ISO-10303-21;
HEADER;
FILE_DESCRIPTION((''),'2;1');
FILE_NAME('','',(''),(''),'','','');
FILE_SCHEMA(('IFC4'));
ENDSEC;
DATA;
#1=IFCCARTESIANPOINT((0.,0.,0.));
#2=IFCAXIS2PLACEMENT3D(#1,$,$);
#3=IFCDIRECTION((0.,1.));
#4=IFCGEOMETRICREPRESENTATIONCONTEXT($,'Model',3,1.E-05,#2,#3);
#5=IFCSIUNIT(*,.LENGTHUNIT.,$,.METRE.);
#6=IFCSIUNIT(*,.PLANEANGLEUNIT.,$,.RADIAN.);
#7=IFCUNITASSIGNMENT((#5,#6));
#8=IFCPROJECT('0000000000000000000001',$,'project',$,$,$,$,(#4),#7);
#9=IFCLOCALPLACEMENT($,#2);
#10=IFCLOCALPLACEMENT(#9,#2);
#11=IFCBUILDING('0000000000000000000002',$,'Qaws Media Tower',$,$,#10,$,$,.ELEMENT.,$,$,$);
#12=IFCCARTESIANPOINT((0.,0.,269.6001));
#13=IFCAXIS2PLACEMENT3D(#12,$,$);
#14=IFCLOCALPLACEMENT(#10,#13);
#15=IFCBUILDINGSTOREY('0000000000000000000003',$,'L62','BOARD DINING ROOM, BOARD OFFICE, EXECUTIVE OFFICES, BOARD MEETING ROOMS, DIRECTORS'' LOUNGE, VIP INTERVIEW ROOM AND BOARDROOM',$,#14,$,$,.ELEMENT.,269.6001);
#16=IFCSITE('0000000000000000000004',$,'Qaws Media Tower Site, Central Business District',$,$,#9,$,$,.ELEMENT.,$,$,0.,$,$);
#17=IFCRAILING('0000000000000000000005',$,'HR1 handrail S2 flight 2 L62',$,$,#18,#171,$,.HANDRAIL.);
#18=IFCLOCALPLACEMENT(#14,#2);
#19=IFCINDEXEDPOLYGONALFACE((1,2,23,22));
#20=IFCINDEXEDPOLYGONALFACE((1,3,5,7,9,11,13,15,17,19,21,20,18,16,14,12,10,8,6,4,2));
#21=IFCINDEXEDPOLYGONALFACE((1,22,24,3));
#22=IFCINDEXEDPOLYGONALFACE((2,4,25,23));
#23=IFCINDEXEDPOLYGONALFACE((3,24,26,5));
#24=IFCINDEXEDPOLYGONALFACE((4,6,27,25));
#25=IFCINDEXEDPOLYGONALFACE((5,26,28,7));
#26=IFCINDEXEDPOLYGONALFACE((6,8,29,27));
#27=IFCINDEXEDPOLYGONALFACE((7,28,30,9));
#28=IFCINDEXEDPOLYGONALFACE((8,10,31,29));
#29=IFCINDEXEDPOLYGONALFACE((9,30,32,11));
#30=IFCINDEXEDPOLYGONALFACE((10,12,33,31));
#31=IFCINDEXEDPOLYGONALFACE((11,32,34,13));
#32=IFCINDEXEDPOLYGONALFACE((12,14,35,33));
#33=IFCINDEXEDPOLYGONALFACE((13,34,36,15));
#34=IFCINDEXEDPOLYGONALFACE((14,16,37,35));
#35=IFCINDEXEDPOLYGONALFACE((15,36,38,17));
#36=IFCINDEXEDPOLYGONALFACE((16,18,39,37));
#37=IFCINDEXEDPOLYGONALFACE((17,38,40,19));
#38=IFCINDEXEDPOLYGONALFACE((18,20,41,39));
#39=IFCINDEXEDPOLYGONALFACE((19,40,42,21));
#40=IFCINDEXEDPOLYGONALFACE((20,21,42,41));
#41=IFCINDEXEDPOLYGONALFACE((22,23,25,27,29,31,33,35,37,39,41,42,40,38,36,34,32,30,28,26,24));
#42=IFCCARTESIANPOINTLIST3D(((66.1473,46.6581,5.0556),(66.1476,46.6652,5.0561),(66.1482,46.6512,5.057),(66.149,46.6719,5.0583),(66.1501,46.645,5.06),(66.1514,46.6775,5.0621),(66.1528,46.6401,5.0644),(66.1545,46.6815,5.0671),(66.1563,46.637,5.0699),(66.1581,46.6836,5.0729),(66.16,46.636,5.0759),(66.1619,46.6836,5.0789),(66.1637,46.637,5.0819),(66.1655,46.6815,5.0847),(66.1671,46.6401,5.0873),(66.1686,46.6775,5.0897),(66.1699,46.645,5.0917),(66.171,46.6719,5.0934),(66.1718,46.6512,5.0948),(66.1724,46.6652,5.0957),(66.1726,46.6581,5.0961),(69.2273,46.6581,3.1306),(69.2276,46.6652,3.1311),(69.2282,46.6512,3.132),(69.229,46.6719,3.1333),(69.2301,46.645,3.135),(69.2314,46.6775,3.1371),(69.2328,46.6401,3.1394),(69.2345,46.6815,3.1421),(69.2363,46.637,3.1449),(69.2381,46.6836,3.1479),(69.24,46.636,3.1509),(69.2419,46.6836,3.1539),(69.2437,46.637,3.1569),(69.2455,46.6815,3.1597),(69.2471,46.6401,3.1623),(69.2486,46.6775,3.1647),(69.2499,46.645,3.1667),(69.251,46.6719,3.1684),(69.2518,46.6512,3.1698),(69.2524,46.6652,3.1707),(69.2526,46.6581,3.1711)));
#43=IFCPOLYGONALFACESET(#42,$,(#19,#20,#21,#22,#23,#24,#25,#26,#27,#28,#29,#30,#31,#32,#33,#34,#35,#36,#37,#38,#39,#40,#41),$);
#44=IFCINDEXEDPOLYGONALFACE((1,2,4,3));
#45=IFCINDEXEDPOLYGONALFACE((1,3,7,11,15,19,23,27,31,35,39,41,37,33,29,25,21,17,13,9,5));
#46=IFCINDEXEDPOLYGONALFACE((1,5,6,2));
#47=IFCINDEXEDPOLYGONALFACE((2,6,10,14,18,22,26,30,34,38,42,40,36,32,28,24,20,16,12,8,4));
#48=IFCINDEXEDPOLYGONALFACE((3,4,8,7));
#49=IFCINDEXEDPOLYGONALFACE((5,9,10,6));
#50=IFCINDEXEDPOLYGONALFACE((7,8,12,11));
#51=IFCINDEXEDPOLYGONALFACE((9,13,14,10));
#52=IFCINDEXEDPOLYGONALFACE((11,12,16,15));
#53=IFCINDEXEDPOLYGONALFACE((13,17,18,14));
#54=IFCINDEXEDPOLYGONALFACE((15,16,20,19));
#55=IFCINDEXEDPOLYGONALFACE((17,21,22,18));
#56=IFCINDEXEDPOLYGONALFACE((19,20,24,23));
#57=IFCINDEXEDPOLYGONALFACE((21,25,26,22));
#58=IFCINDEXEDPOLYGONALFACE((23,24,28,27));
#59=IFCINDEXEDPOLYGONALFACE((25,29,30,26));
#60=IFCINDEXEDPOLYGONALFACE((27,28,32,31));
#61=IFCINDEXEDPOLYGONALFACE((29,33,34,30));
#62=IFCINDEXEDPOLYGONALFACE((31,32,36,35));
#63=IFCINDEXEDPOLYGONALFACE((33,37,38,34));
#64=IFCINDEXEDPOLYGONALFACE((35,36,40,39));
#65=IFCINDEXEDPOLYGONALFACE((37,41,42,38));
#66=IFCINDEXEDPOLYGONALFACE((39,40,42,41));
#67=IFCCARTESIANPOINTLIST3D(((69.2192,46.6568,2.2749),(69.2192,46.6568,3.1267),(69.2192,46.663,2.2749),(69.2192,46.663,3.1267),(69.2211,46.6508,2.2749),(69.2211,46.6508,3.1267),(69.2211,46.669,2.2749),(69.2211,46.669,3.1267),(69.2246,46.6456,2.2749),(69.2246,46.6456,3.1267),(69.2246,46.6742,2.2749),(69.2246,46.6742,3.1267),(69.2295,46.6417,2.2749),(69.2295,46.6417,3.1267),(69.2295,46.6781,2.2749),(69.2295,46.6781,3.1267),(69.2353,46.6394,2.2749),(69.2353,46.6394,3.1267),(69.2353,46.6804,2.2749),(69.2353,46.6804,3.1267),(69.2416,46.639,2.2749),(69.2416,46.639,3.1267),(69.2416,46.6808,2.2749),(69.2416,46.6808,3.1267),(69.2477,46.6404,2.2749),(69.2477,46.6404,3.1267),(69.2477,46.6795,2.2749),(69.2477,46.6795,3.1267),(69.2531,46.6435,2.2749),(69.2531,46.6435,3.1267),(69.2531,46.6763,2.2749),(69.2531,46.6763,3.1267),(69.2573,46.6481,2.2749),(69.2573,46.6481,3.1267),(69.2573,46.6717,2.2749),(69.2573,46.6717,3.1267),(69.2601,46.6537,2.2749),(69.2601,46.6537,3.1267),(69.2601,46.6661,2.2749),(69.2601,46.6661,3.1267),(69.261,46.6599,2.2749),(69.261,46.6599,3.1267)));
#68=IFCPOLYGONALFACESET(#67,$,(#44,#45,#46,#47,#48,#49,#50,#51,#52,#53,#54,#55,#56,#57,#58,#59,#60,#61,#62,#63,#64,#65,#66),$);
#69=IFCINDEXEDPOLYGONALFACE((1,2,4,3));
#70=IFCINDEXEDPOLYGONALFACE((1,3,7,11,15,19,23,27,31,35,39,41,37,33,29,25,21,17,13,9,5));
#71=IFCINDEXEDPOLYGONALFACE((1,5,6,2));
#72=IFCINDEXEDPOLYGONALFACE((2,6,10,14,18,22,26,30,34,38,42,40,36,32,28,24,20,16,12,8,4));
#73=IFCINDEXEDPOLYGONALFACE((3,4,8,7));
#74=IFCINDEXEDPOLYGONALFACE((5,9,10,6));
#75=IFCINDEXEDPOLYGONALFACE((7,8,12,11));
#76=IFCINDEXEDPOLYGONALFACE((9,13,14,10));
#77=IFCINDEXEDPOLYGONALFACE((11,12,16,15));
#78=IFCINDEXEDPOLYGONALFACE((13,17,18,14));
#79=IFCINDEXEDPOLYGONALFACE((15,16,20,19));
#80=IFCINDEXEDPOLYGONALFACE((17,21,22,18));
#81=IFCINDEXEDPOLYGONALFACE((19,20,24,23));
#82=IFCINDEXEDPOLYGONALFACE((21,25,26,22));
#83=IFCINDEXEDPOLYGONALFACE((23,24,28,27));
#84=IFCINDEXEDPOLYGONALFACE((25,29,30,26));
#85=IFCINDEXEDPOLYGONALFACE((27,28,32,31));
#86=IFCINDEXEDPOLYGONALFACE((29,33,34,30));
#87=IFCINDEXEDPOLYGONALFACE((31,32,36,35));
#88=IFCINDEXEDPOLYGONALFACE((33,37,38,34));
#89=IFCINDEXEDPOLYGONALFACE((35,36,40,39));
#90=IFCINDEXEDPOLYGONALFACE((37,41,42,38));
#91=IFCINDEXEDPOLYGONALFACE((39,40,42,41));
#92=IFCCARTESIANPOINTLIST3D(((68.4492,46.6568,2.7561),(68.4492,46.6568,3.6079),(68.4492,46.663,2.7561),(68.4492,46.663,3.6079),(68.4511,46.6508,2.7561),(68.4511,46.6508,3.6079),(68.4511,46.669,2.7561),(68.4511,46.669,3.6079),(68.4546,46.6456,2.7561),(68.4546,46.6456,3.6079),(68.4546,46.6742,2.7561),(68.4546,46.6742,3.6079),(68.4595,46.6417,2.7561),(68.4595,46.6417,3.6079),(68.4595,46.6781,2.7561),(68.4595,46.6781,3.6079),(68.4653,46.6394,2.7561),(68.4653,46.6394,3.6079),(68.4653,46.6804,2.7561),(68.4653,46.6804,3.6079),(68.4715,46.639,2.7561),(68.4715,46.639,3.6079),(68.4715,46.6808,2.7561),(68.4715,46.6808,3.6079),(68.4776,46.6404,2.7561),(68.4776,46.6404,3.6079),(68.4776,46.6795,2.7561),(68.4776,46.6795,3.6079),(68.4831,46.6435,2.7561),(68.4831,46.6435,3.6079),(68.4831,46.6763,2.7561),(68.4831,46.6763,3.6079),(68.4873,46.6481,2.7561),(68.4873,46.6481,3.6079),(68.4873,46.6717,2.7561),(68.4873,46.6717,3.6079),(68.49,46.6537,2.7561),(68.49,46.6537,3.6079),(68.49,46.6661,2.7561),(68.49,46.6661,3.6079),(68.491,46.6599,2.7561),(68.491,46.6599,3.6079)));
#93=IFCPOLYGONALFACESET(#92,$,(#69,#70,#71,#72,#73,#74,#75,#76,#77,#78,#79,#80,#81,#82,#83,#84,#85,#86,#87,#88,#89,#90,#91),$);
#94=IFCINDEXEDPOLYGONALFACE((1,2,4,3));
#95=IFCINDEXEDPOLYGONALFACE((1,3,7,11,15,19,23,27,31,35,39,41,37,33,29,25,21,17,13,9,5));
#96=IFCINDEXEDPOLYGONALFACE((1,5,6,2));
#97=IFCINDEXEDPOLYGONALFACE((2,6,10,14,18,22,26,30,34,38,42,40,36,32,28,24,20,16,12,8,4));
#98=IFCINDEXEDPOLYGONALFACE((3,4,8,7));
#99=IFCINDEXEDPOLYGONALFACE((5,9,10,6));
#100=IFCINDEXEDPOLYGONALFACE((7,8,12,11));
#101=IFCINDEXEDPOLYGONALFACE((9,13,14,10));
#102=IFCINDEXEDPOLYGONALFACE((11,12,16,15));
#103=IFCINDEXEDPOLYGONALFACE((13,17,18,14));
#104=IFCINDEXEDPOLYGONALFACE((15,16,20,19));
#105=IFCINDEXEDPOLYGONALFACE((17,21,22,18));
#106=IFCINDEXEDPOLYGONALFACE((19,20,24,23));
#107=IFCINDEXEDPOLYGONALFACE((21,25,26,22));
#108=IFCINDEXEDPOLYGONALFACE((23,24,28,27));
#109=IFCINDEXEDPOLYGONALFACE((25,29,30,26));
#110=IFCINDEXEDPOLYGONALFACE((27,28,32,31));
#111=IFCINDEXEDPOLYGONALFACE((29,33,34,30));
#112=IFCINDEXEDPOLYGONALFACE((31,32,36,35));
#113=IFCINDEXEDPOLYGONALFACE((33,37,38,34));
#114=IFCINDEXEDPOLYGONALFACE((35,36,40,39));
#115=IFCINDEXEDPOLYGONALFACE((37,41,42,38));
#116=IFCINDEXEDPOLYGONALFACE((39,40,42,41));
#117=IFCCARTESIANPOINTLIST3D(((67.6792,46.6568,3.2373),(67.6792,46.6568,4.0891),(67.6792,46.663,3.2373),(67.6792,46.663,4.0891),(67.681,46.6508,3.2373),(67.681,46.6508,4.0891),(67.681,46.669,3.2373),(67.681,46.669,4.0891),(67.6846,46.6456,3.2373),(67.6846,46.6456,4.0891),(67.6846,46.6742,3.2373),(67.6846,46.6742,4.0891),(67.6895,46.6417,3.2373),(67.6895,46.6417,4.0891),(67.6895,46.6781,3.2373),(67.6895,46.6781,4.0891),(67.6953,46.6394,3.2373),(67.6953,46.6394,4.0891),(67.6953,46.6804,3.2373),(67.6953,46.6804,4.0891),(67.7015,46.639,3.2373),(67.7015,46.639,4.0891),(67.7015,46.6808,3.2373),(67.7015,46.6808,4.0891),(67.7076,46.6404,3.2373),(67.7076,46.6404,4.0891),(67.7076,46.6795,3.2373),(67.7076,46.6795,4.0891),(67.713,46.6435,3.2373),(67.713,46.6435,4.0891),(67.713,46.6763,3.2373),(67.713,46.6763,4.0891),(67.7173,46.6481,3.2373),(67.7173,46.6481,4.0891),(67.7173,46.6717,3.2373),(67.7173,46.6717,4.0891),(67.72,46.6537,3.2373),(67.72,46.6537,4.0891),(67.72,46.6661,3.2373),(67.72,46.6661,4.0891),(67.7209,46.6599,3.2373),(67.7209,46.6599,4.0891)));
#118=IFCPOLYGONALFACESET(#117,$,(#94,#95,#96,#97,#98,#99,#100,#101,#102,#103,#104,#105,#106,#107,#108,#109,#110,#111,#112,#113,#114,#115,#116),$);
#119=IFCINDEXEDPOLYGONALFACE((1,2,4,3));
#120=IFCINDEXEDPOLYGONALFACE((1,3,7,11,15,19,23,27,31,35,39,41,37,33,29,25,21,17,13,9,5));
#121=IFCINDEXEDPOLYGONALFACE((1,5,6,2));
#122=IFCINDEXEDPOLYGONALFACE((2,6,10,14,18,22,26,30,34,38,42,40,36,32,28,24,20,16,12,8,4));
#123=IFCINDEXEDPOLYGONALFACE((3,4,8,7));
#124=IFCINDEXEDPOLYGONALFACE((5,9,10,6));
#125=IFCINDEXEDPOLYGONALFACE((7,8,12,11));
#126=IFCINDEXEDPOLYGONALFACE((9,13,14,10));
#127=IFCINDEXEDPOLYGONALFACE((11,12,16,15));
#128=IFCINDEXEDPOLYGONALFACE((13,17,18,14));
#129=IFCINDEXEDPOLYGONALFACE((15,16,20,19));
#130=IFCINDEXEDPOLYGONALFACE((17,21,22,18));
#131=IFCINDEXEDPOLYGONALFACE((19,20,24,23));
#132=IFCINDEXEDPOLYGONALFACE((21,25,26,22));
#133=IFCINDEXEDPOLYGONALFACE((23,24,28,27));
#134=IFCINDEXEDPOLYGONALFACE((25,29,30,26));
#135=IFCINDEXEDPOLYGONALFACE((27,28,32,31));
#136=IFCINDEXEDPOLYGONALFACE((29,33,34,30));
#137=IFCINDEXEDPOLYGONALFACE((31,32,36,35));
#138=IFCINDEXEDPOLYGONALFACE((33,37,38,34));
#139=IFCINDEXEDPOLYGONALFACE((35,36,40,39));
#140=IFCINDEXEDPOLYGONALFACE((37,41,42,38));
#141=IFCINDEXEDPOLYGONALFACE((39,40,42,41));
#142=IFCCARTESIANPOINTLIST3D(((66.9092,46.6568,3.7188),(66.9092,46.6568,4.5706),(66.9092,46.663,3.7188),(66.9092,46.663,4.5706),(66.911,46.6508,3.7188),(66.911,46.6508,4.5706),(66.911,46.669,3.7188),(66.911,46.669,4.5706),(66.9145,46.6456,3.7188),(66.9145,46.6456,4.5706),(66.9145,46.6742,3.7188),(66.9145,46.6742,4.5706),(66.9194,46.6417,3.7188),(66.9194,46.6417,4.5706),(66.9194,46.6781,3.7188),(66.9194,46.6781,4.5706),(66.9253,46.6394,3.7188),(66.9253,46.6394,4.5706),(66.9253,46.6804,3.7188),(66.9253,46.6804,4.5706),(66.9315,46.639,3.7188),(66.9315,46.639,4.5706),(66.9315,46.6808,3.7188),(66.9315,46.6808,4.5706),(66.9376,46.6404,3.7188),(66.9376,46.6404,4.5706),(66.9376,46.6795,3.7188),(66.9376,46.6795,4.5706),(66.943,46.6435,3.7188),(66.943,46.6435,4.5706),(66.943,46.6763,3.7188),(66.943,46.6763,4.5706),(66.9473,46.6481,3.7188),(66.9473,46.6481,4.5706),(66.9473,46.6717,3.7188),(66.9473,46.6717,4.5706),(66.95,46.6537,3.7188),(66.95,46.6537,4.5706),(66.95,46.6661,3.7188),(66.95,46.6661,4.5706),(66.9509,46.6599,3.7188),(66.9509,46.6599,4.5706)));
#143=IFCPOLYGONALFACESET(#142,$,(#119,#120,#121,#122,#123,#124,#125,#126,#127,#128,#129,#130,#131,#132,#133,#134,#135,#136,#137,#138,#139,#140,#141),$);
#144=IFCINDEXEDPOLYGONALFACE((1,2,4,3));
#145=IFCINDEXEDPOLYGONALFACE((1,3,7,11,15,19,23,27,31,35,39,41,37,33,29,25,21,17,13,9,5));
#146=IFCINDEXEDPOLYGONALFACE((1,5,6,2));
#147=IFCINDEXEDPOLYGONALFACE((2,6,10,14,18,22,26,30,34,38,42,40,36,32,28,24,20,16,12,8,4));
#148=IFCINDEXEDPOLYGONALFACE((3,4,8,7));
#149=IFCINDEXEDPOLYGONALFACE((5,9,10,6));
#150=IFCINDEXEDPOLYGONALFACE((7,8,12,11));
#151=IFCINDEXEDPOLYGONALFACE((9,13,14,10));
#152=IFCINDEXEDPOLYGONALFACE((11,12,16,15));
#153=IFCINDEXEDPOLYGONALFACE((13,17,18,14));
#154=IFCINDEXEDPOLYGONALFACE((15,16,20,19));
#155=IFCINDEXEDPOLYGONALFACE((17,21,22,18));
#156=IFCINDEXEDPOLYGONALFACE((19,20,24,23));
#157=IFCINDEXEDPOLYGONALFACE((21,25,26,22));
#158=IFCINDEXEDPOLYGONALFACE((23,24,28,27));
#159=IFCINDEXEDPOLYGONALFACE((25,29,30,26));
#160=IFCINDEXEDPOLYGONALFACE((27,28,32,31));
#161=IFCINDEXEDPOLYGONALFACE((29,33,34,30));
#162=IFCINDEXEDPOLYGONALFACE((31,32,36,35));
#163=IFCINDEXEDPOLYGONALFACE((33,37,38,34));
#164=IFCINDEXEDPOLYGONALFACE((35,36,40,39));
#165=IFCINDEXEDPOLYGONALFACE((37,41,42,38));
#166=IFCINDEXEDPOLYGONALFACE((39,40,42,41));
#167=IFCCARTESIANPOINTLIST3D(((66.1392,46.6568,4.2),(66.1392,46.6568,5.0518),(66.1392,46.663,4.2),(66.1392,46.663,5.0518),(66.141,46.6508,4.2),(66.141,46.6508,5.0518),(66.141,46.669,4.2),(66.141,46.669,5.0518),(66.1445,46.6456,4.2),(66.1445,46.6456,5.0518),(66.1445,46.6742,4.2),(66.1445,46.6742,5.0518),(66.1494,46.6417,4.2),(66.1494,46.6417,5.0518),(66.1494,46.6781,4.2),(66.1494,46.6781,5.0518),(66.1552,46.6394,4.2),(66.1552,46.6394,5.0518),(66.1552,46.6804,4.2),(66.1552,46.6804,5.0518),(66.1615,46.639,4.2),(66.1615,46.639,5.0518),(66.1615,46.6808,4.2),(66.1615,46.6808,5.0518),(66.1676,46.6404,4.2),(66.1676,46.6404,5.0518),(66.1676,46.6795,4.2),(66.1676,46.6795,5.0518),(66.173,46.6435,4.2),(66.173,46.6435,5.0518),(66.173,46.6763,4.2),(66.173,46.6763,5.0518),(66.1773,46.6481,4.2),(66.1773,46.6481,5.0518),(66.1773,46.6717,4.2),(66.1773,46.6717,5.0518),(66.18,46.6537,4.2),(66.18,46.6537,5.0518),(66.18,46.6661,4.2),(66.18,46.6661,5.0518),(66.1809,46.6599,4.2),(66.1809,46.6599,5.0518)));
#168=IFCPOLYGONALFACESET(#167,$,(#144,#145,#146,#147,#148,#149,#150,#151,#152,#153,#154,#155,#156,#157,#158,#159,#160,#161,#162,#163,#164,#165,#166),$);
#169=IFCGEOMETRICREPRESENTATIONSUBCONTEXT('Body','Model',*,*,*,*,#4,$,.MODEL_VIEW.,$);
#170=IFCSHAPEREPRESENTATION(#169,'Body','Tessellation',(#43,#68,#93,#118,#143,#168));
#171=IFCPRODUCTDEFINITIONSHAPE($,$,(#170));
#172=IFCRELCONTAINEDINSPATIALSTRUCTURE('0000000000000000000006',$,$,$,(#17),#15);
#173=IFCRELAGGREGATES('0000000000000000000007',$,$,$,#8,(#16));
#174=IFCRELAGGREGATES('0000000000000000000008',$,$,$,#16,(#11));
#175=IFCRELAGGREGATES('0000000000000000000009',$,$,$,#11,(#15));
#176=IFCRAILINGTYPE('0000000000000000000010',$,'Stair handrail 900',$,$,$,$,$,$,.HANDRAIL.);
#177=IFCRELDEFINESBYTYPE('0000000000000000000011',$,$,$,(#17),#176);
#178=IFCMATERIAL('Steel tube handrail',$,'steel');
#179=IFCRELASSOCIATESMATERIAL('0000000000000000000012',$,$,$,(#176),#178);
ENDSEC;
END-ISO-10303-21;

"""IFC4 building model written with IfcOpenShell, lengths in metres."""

from ifc_helpers import new_model, si_unit, direction, frame, origin, origin_2d, place, context, subcontext, project, spatial, circle, extrude, material, type_object, element, save


model = new_model("IFC4")

# Units and contexts
model_context = context("Model", 3, precision=1e-05, world=origin(), true_north=direction((0.0, 1.0)))
body_context = subcontext(model_context, "Body", "Model", "MODEL_VIEW")
ifc_project = project(units=[si_unit("LENGTHUNIT", "METRE"), si_unit("PLANEANGLEUNIT", "RADIAN")], contexts=[model_context])

# Site, building, storey
site_placement = place(None, origin())
site = spatial("IfcSite", under=ifc_project, at=site_placement, Name="Qaws Media Tower Site, Central Business District", CompositionType="ELEMENT", RefElevation=0.0)
building_placement = place(site_placement, origin())
building = spatial("IfcBuilding", under=site, at=building_placement, Name="Qaws Media Tower", CompositionType="ELEMENT")
storey_placement = place(building_placement, frame((0.0, 0.0, 269.6001)))
storey = spatial("IfcBuildingStorey", under=building, at=storey_placement, Name="L62", Description="BOARD DINING ROOM, BOARD OFFICE, EXECUTIVE OFFICES, BOARD MEETING ROOMS, DIRECTORS' LOUNGE, VIP INTERVIEW ROOM AND BOARDROOM", CompositionType="ELEMENT", Elevation=269.6001)

# Railing
ifc_material_1 = material(Name="Steel tube handrail", Category="steel")
railing_type = type_object("IfcRailingType", Name="Stair handrail 900", PredefinedType="HANDRAIL", material=ifc_material_1)
for number, where, name in (
    (1, (69.24, 46.6599, 2.2749), "HR1 handrail S2 flight 2 L62"),
):
    element("IfcRailing", number, at=place(storey_placement, frame(where)), inside=storey, type_object=railing_type, Name=name, PredefinedType="HANDRAIL", context=body_context, shape_type="SweptSolid", body=[
        extrude(circle(Radius=0.0239, at=origin_2d()), frame((0.0, 0.0, 0.876), z_axis=(-0.847998, 0.0, 0.529999), x_axis=(0.0, -1.0, 0.0)), (0.0, 0.0, 1.0), 3.6321),
        extrude(circle(Radius=0.021, at=origin_2d()), origin(), (0.0, 0.0, 1.0), 0.8518),
        extrude(circle(Radius=0.021, at=origin_2d()), frame((-0.77, 0.0, 0.4812)), (0.0, 0.0, 1.0), 0.8518),
        extrude(circle(Radius=0.021, at=origin_2d()), frame((-1.54, 0.0, 0.9624)), (0.0, 0.0, 1.0), 0.8518),
        extrude(circle(Radius=0.021, at=origin_2d()), frame((-2.3101, 0.0, 1.4438)), (0.0, 0.0, 1.0), 0.8518),
        extrude(circle(Radius=0.021, at=origin_2d()), frame((-3.0801, 0.0, 1.925)), (0.0, 0.0, 1.0), 0.8518),
    ])

save(model, "model.ifc")
